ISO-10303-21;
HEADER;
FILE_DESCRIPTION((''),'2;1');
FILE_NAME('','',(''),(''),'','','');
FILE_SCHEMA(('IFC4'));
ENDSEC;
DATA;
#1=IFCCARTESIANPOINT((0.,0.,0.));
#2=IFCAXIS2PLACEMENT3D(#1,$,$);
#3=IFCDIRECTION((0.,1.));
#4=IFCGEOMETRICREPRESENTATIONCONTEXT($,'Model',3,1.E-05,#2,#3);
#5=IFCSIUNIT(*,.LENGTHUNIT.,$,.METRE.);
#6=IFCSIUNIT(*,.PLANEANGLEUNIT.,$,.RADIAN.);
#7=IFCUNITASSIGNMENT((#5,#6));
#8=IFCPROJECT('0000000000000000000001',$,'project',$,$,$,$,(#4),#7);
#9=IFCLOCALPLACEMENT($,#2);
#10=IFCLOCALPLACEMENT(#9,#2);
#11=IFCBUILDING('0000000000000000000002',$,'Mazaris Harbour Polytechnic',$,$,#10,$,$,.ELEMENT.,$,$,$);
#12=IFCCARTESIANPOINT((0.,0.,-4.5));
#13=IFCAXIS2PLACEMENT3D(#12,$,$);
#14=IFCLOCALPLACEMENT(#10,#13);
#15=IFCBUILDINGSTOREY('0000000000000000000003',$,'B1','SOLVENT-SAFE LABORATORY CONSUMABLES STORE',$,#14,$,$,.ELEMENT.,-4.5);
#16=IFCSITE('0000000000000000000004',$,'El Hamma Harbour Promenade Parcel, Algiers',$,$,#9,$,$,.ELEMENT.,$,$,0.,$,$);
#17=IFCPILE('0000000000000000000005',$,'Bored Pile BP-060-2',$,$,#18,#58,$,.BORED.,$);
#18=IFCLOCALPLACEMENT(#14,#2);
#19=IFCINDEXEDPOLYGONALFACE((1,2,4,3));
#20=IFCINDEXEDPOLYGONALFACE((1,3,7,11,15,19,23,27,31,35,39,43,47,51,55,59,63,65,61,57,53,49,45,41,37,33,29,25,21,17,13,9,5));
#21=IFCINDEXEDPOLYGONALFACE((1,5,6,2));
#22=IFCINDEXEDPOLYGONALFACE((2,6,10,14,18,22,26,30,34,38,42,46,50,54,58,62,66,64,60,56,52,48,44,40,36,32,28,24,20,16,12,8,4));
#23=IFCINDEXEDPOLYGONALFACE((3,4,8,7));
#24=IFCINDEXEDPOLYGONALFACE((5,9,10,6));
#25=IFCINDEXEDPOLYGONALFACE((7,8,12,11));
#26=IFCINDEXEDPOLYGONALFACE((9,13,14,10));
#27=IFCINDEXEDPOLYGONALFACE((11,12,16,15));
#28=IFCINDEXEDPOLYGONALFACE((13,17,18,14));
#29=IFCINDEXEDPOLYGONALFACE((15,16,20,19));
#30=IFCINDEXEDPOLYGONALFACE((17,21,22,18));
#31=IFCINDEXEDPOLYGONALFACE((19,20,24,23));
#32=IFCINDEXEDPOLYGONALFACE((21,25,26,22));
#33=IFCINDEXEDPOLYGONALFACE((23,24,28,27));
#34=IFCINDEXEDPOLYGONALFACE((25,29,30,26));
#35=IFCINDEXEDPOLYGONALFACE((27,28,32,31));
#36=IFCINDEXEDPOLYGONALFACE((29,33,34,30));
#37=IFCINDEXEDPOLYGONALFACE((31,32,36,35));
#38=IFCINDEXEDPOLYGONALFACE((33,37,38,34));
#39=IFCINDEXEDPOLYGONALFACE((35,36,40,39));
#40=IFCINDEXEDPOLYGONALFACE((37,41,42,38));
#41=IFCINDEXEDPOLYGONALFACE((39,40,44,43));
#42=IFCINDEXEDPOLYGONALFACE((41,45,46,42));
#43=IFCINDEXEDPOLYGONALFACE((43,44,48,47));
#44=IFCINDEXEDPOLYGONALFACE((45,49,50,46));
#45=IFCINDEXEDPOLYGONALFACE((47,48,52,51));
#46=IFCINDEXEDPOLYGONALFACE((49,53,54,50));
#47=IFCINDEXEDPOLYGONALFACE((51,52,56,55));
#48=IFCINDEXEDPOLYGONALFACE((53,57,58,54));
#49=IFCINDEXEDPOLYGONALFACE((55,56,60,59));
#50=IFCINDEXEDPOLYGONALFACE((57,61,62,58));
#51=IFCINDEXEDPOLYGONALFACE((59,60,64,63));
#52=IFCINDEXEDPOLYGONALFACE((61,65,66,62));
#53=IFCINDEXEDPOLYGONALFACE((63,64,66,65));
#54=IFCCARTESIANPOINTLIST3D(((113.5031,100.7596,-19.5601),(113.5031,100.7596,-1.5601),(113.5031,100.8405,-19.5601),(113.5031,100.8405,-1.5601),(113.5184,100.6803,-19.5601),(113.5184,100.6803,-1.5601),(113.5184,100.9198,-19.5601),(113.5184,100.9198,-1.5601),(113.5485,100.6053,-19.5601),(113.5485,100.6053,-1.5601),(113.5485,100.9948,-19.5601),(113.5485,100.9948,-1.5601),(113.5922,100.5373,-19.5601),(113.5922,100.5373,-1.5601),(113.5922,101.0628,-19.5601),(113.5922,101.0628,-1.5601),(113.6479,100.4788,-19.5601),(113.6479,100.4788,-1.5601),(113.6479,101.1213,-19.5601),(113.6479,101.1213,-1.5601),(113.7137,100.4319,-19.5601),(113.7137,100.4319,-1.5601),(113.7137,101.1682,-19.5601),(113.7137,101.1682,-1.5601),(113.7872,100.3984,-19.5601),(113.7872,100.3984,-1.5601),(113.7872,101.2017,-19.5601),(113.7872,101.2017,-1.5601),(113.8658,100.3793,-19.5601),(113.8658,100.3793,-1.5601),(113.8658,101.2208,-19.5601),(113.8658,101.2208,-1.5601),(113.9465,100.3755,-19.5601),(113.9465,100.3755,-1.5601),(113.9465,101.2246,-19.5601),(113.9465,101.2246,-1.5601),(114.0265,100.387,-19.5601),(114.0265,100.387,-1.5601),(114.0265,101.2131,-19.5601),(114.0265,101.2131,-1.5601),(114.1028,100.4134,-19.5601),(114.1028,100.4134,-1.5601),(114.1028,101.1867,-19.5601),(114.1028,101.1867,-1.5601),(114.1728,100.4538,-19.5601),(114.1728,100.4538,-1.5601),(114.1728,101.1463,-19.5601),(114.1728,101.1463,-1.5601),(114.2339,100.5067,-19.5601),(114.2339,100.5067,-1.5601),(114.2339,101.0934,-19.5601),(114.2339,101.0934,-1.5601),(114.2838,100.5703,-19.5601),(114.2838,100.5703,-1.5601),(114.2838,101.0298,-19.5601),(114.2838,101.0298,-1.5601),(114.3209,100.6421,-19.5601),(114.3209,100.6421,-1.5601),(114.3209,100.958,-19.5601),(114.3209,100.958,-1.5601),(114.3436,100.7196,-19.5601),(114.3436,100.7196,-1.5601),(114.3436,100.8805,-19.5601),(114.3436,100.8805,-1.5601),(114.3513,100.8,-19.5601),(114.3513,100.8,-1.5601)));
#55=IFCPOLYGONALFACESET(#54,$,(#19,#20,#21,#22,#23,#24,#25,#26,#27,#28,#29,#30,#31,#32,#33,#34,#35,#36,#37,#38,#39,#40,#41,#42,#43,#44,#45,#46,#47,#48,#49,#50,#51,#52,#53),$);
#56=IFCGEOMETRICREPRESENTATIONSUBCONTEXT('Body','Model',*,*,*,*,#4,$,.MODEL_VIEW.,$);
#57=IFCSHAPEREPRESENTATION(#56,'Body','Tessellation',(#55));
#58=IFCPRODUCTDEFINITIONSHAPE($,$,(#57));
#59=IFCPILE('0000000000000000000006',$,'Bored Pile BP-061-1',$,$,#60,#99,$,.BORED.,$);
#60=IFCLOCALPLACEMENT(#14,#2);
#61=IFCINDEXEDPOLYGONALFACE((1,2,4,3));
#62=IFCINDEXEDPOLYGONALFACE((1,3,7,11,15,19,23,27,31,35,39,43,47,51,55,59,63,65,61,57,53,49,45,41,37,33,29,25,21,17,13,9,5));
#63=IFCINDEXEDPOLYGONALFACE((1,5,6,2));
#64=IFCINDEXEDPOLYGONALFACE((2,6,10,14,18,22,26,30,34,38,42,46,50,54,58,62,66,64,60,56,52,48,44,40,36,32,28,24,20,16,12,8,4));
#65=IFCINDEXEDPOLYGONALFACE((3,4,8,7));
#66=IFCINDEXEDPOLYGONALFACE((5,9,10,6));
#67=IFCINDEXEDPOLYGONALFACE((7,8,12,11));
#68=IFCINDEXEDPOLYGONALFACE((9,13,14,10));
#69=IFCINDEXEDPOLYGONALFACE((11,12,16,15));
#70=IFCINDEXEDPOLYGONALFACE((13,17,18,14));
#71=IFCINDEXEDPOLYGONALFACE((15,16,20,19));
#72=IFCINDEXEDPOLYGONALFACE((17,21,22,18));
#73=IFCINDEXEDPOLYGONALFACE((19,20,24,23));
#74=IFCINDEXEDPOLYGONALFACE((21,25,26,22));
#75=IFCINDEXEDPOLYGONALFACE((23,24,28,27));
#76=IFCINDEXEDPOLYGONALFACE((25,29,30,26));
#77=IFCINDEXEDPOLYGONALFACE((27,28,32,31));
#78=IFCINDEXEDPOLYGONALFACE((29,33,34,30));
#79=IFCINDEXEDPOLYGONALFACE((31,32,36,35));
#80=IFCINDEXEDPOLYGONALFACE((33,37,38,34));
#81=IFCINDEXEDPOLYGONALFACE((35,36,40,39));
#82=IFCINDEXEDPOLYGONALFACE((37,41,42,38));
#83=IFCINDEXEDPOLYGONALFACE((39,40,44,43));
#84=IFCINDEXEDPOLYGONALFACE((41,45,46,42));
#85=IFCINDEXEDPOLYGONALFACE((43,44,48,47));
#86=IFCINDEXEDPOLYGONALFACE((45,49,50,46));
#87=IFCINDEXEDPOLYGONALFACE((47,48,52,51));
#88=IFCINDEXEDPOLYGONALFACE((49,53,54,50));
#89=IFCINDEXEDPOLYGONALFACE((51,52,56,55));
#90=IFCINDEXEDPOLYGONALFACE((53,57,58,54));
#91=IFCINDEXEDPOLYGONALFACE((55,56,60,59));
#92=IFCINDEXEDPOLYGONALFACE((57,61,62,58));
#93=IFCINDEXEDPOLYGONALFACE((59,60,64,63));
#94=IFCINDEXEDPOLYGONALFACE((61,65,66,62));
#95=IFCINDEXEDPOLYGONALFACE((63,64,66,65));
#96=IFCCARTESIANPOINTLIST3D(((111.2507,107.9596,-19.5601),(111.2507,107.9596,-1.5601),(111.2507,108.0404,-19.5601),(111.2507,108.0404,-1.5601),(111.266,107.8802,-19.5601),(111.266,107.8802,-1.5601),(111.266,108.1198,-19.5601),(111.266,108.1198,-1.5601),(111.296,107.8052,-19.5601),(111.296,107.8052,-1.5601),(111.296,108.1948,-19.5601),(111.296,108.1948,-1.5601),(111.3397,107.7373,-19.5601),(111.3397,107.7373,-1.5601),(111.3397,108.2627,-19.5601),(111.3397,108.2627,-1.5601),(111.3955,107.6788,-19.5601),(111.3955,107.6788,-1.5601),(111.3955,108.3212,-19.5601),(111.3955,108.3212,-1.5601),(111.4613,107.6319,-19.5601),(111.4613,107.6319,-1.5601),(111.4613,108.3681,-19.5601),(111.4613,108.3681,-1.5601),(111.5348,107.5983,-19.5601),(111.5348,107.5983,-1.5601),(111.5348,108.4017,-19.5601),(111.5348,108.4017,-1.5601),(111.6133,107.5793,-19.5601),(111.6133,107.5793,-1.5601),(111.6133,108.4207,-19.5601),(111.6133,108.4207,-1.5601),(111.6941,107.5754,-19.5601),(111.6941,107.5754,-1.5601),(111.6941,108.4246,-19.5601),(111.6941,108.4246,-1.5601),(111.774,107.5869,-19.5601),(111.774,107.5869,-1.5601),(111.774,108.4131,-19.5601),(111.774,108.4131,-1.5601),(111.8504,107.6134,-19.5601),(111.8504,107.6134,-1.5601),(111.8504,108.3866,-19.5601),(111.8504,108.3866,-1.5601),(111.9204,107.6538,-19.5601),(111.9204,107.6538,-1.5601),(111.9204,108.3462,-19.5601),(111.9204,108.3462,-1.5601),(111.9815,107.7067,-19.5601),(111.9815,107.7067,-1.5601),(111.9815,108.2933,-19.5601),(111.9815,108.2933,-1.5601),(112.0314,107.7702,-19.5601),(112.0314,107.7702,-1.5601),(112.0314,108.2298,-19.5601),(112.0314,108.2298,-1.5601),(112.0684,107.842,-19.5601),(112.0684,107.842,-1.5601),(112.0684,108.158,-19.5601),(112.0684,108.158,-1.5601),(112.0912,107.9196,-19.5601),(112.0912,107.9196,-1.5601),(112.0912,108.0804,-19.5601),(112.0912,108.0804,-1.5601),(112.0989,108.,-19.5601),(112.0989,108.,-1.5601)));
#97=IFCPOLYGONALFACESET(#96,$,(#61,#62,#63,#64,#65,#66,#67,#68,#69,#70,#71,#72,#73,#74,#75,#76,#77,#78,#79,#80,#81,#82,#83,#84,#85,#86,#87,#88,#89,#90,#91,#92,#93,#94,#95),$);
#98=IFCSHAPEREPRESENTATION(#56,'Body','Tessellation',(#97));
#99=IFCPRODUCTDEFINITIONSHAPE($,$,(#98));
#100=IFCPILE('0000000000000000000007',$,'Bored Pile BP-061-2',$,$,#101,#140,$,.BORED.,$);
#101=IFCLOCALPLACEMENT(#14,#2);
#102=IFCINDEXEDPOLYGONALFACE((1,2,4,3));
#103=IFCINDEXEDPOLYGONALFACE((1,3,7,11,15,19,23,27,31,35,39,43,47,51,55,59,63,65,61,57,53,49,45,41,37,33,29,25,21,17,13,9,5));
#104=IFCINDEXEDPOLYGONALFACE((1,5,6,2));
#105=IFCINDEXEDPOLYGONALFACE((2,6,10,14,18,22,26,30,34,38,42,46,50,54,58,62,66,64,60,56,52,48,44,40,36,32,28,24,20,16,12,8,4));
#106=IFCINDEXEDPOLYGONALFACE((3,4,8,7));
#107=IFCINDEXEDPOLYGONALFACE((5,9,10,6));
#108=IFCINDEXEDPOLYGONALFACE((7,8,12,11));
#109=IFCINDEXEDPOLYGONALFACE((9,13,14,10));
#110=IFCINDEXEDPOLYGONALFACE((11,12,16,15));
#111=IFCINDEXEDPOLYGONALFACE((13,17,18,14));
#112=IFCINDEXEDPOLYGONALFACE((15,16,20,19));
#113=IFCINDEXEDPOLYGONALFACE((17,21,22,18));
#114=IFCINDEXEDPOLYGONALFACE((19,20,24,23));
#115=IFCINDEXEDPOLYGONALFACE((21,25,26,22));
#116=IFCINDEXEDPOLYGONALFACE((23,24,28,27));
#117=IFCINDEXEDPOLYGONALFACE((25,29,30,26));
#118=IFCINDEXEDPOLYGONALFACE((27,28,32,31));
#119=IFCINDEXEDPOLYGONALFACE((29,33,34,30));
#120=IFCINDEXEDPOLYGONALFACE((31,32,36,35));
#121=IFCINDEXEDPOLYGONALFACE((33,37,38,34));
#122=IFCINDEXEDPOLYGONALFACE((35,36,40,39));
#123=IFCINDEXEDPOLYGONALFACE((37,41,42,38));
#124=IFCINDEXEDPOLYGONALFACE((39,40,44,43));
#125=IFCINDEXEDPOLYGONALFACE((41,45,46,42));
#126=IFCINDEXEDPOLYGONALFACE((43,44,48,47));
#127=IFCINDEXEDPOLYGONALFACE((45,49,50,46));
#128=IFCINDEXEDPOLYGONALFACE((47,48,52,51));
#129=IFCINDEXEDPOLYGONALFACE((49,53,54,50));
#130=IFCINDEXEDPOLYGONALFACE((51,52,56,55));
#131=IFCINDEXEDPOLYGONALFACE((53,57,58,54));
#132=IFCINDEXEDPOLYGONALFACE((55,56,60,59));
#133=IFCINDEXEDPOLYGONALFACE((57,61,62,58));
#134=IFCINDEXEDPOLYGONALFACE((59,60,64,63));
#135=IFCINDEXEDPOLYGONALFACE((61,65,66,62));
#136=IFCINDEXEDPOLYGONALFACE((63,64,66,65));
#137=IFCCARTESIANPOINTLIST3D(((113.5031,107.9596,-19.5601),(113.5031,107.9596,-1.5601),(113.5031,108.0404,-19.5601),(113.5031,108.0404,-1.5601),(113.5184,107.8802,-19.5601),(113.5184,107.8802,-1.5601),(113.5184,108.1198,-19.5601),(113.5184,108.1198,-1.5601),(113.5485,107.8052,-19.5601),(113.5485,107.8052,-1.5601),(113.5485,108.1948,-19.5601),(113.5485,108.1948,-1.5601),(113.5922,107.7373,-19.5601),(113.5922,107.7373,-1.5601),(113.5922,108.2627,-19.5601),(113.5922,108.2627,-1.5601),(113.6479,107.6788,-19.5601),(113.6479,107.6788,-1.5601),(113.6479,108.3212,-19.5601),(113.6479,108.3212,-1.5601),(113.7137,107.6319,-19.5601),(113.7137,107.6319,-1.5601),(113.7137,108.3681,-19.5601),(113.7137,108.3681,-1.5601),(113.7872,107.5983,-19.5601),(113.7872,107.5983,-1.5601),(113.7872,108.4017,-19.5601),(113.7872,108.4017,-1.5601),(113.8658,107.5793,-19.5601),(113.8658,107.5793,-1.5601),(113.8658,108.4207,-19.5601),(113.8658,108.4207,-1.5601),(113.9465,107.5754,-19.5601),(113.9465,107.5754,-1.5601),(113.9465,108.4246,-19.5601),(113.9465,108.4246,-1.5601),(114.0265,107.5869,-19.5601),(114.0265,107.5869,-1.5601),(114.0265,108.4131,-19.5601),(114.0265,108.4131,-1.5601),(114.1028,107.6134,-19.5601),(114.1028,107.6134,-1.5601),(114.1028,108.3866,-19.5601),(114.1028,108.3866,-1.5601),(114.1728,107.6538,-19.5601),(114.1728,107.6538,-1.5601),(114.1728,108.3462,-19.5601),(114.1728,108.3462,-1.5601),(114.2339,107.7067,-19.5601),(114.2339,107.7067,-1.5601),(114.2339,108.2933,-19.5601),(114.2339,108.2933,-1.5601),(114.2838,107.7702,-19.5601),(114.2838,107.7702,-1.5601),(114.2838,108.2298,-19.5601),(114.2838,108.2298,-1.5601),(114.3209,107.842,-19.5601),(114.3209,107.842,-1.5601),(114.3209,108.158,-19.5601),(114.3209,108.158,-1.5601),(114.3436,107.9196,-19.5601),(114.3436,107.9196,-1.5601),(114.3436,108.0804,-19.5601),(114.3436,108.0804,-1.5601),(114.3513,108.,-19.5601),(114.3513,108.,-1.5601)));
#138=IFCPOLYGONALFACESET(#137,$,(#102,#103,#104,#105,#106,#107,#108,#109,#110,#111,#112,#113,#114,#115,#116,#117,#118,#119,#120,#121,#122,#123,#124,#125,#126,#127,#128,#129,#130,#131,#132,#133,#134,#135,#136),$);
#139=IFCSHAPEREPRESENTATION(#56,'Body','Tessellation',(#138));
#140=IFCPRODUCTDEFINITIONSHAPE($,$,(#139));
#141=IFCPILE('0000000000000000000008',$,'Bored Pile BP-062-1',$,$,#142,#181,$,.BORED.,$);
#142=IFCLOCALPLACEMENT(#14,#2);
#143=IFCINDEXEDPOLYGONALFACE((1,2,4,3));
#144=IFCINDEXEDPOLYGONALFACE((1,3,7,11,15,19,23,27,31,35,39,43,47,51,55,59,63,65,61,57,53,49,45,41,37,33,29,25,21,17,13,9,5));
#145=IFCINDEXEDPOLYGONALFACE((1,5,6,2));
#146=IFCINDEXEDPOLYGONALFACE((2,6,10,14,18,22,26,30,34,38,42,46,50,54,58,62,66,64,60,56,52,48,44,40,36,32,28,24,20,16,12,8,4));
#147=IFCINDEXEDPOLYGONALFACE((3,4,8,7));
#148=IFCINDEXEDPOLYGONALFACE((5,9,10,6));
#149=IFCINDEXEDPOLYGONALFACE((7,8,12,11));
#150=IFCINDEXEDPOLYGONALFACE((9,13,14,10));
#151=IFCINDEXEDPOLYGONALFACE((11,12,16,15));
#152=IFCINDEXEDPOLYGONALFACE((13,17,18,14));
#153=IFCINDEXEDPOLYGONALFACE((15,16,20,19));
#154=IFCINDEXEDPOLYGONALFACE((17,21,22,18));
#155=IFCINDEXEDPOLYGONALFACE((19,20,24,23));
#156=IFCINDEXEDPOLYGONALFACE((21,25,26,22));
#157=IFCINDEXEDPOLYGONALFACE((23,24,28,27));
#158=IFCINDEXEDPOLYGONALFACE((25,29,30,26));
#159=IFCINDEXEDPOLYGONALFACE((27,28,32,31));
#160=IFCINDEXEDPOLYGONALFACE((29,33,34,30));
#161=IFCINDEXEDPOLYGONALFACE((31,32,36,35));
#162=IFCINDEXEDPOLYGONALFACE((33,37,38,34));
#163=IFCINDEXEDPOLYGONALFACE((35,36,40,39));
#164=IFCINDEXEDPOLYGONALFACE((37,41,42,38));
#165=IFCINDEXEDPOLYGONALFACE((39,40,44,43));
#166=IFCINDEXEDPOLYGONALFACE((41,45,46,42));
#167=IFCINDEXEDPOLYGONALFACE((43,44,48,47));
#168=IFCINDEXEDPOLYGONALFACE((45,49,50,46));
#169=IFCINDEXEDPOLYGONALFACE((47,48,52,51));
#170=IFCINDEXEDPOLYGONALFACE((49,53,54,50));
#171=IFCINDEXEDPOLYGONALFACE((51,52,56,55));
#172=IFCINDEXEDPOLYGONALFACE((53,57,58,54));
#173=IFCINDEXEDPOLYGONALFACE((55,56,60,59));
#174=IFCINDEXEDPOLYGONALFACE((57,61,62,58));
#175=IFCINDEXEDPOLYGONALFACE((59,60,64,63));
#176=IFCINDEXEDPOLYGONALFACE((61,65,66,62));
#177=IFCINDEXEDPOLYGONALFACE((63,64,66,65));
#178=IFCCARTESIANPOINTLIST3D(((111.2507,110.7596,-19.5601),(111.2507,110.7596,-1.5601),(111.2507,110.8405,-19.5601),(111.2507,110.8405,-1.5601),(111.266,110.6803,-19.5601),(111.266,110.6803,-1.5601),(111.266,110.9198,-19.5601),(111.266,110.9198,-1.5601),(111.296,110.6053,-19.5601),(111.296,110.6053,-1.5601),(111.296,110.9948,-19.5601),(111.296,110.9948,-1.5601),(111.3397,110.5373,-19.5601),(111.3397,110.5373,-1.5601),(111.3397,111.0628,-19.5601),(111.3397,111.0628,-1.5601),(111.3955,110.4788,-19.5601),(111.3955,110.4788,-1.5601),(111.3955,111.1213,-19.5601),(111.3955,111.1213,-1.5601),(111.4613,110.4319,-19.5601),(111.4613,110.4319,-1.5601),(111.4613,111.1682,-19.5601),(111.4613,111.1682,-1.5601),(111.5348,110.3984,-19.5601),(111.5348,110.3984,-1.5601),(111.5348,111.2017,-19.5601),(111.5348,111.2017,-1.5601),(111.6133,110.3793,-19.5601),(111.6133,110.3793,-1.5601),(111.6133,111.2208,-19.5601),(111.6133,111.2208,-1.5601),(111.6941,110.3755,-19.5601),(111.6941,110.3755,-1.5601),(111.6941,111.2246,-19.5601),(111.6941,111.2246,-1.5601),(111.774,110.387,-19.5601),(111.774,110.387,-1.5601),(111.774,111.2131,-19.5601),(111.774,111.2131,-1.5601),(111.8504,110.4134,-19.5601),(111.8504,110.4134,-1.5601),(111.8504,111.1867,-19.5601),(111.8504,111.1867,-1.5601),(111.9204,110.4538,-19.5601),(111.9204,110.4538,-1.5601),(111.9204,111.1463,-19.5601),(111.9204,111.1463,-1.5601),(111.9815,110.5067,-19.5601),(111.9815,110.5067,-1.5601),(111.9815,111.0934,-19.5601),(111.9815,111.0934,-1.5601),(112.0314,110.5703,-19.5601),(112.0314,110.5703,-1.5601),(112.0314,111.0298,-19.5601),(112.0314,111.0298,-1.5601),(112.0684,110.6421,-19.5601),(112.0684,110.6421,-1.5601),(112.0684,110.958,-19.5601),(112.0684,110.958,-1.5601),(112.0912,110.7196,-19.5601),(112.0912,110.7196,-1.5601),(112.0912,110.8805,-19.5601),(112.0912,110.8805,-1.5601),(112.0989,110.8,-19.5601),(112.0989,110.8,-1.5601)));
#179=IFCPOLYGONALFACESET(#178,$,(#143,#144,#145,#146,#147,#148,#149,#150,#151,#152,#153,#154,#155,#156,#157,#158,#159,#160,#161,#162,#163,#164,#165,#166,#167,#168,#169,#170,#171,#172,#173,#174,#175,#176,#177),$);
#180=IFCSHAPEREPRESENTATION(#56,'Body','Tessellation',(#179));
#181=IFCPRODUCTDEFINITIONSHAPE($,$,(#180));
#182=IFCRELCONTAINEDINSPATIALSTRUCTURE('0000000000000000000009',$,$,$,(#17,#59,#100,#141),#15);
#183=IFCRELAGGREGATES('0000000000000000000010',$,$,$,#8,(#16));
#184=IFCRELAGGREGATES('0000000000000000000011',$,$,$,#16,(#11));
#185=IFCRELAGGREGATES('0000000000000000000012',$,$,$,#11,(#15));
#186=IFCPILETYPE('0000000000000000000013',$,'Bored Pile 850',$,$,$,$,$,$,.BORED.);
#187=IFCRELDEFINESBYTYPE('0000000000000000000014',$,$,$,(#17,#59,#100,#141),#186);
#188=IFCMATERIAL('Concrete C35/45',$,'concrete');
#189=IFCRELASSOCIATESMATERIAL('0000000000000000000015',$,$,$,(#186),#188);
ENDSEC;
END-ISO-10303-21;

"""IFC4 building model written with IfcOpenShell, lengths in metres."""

from ifc_helpers import new_model, si_unit, direction, frame, origin, origin_2d, place, context, subcontext, project, spatial, circle, extrude, material, material_profile, profile_set, type_object, element, save


model = new_model("IFC4")

# Units and contexts
model_context = context("Model", 3, precision=1e-05, world=origin(), true_north=direction((0.0, 1.0)))
body_context = subcontext(model_context, "Body", "Model", "MODEL_VIEW")
ifc_project = project(units=[si_unit("LENGTHUNIT", "METRE"), si_unit("PLANEANGLEUNIT", "RADIAN")], contexts=[model_context])

# Site, building, storey
site_placement = place(None, origin())
site = spatial("IfcSite", under=ifc_project, at=site_placement, Name="El Hamma Harbour Promenade Parcel, Algiers", CompositionType="ELEMENT", RefElevation=0.0)
building_placement = place(site_placement, origin())
building = spatial("IfcBuilding", under=site, at=building_placement, Name="Mazaris Harbour Polytechnic", CompositionType="ELEMENT")
storey_placement = place(building_placement, frame((0.0, 0.0, -4.5)))
storey = spatial("IfcBuildingStorey", under=building, at=storey_placement, Name="B1", Description="SOLVENT-SAFE LABORATORY CONSUMABLES STORE", CompositionType="ELEMENT", Elevation=-4.5)

# Piles
ifc_material_1 = material(Name="Concrete C35/45", Category="concrete")
ifc_material_profile_1 = material_profile(ifc_material_1, circle(Radius=0.425, at=origin_2d()), Name="DIA850")
ifc_profile_set_1 = profile_set([ifc_material_profile_1], Name="Concrete C35/45")
pile_type_1 = type_object("IfcPileType", Name="Bored Pile 850", PredefinedType="BORED", material=ifc_profile_set_1)
for number, where, z_axis, x_axis, name in (
    (1, (113.9263, 100.8, -1.5601), (0.0, 0.0, -1.0), (1.0, 0.0, 0.0), "Bored Pile BP-060-2"),
    (2, (111.6738, 108.0, -1.5601), (0.0, 0.0, -1.0), (1.0, 0.0, 0.0), "Bored Pile BP-061-1"),
    (3, (113.9263, 108.0, -1.5601), (0.0, 0.0, -1.0), (1.0, 0.0, 0.0), "Bored Pile BP-061-2"),
    (4, (111.6738, 110.8, -1.5601), (0.0, 0.0, -1.0), (1.0, 0.0, 0.0), "Bored Pile BP-062-1"),
):
    element("IfcPile", number, at=place(storey_placement, frame(where, z_axis=z_axis, x_axis=x_axis)), inside=storey, type_object=pile_type_1, Name=name, PredefinedType="BORED", context=body_context, shape_type="SweptSolid", body=[
        extrude(circle(Radius=0.425, at=origin_2d()), origin(), (0.0, 0.0, 1.0), 18.0),
    ])

save(model, "model.ifc")
